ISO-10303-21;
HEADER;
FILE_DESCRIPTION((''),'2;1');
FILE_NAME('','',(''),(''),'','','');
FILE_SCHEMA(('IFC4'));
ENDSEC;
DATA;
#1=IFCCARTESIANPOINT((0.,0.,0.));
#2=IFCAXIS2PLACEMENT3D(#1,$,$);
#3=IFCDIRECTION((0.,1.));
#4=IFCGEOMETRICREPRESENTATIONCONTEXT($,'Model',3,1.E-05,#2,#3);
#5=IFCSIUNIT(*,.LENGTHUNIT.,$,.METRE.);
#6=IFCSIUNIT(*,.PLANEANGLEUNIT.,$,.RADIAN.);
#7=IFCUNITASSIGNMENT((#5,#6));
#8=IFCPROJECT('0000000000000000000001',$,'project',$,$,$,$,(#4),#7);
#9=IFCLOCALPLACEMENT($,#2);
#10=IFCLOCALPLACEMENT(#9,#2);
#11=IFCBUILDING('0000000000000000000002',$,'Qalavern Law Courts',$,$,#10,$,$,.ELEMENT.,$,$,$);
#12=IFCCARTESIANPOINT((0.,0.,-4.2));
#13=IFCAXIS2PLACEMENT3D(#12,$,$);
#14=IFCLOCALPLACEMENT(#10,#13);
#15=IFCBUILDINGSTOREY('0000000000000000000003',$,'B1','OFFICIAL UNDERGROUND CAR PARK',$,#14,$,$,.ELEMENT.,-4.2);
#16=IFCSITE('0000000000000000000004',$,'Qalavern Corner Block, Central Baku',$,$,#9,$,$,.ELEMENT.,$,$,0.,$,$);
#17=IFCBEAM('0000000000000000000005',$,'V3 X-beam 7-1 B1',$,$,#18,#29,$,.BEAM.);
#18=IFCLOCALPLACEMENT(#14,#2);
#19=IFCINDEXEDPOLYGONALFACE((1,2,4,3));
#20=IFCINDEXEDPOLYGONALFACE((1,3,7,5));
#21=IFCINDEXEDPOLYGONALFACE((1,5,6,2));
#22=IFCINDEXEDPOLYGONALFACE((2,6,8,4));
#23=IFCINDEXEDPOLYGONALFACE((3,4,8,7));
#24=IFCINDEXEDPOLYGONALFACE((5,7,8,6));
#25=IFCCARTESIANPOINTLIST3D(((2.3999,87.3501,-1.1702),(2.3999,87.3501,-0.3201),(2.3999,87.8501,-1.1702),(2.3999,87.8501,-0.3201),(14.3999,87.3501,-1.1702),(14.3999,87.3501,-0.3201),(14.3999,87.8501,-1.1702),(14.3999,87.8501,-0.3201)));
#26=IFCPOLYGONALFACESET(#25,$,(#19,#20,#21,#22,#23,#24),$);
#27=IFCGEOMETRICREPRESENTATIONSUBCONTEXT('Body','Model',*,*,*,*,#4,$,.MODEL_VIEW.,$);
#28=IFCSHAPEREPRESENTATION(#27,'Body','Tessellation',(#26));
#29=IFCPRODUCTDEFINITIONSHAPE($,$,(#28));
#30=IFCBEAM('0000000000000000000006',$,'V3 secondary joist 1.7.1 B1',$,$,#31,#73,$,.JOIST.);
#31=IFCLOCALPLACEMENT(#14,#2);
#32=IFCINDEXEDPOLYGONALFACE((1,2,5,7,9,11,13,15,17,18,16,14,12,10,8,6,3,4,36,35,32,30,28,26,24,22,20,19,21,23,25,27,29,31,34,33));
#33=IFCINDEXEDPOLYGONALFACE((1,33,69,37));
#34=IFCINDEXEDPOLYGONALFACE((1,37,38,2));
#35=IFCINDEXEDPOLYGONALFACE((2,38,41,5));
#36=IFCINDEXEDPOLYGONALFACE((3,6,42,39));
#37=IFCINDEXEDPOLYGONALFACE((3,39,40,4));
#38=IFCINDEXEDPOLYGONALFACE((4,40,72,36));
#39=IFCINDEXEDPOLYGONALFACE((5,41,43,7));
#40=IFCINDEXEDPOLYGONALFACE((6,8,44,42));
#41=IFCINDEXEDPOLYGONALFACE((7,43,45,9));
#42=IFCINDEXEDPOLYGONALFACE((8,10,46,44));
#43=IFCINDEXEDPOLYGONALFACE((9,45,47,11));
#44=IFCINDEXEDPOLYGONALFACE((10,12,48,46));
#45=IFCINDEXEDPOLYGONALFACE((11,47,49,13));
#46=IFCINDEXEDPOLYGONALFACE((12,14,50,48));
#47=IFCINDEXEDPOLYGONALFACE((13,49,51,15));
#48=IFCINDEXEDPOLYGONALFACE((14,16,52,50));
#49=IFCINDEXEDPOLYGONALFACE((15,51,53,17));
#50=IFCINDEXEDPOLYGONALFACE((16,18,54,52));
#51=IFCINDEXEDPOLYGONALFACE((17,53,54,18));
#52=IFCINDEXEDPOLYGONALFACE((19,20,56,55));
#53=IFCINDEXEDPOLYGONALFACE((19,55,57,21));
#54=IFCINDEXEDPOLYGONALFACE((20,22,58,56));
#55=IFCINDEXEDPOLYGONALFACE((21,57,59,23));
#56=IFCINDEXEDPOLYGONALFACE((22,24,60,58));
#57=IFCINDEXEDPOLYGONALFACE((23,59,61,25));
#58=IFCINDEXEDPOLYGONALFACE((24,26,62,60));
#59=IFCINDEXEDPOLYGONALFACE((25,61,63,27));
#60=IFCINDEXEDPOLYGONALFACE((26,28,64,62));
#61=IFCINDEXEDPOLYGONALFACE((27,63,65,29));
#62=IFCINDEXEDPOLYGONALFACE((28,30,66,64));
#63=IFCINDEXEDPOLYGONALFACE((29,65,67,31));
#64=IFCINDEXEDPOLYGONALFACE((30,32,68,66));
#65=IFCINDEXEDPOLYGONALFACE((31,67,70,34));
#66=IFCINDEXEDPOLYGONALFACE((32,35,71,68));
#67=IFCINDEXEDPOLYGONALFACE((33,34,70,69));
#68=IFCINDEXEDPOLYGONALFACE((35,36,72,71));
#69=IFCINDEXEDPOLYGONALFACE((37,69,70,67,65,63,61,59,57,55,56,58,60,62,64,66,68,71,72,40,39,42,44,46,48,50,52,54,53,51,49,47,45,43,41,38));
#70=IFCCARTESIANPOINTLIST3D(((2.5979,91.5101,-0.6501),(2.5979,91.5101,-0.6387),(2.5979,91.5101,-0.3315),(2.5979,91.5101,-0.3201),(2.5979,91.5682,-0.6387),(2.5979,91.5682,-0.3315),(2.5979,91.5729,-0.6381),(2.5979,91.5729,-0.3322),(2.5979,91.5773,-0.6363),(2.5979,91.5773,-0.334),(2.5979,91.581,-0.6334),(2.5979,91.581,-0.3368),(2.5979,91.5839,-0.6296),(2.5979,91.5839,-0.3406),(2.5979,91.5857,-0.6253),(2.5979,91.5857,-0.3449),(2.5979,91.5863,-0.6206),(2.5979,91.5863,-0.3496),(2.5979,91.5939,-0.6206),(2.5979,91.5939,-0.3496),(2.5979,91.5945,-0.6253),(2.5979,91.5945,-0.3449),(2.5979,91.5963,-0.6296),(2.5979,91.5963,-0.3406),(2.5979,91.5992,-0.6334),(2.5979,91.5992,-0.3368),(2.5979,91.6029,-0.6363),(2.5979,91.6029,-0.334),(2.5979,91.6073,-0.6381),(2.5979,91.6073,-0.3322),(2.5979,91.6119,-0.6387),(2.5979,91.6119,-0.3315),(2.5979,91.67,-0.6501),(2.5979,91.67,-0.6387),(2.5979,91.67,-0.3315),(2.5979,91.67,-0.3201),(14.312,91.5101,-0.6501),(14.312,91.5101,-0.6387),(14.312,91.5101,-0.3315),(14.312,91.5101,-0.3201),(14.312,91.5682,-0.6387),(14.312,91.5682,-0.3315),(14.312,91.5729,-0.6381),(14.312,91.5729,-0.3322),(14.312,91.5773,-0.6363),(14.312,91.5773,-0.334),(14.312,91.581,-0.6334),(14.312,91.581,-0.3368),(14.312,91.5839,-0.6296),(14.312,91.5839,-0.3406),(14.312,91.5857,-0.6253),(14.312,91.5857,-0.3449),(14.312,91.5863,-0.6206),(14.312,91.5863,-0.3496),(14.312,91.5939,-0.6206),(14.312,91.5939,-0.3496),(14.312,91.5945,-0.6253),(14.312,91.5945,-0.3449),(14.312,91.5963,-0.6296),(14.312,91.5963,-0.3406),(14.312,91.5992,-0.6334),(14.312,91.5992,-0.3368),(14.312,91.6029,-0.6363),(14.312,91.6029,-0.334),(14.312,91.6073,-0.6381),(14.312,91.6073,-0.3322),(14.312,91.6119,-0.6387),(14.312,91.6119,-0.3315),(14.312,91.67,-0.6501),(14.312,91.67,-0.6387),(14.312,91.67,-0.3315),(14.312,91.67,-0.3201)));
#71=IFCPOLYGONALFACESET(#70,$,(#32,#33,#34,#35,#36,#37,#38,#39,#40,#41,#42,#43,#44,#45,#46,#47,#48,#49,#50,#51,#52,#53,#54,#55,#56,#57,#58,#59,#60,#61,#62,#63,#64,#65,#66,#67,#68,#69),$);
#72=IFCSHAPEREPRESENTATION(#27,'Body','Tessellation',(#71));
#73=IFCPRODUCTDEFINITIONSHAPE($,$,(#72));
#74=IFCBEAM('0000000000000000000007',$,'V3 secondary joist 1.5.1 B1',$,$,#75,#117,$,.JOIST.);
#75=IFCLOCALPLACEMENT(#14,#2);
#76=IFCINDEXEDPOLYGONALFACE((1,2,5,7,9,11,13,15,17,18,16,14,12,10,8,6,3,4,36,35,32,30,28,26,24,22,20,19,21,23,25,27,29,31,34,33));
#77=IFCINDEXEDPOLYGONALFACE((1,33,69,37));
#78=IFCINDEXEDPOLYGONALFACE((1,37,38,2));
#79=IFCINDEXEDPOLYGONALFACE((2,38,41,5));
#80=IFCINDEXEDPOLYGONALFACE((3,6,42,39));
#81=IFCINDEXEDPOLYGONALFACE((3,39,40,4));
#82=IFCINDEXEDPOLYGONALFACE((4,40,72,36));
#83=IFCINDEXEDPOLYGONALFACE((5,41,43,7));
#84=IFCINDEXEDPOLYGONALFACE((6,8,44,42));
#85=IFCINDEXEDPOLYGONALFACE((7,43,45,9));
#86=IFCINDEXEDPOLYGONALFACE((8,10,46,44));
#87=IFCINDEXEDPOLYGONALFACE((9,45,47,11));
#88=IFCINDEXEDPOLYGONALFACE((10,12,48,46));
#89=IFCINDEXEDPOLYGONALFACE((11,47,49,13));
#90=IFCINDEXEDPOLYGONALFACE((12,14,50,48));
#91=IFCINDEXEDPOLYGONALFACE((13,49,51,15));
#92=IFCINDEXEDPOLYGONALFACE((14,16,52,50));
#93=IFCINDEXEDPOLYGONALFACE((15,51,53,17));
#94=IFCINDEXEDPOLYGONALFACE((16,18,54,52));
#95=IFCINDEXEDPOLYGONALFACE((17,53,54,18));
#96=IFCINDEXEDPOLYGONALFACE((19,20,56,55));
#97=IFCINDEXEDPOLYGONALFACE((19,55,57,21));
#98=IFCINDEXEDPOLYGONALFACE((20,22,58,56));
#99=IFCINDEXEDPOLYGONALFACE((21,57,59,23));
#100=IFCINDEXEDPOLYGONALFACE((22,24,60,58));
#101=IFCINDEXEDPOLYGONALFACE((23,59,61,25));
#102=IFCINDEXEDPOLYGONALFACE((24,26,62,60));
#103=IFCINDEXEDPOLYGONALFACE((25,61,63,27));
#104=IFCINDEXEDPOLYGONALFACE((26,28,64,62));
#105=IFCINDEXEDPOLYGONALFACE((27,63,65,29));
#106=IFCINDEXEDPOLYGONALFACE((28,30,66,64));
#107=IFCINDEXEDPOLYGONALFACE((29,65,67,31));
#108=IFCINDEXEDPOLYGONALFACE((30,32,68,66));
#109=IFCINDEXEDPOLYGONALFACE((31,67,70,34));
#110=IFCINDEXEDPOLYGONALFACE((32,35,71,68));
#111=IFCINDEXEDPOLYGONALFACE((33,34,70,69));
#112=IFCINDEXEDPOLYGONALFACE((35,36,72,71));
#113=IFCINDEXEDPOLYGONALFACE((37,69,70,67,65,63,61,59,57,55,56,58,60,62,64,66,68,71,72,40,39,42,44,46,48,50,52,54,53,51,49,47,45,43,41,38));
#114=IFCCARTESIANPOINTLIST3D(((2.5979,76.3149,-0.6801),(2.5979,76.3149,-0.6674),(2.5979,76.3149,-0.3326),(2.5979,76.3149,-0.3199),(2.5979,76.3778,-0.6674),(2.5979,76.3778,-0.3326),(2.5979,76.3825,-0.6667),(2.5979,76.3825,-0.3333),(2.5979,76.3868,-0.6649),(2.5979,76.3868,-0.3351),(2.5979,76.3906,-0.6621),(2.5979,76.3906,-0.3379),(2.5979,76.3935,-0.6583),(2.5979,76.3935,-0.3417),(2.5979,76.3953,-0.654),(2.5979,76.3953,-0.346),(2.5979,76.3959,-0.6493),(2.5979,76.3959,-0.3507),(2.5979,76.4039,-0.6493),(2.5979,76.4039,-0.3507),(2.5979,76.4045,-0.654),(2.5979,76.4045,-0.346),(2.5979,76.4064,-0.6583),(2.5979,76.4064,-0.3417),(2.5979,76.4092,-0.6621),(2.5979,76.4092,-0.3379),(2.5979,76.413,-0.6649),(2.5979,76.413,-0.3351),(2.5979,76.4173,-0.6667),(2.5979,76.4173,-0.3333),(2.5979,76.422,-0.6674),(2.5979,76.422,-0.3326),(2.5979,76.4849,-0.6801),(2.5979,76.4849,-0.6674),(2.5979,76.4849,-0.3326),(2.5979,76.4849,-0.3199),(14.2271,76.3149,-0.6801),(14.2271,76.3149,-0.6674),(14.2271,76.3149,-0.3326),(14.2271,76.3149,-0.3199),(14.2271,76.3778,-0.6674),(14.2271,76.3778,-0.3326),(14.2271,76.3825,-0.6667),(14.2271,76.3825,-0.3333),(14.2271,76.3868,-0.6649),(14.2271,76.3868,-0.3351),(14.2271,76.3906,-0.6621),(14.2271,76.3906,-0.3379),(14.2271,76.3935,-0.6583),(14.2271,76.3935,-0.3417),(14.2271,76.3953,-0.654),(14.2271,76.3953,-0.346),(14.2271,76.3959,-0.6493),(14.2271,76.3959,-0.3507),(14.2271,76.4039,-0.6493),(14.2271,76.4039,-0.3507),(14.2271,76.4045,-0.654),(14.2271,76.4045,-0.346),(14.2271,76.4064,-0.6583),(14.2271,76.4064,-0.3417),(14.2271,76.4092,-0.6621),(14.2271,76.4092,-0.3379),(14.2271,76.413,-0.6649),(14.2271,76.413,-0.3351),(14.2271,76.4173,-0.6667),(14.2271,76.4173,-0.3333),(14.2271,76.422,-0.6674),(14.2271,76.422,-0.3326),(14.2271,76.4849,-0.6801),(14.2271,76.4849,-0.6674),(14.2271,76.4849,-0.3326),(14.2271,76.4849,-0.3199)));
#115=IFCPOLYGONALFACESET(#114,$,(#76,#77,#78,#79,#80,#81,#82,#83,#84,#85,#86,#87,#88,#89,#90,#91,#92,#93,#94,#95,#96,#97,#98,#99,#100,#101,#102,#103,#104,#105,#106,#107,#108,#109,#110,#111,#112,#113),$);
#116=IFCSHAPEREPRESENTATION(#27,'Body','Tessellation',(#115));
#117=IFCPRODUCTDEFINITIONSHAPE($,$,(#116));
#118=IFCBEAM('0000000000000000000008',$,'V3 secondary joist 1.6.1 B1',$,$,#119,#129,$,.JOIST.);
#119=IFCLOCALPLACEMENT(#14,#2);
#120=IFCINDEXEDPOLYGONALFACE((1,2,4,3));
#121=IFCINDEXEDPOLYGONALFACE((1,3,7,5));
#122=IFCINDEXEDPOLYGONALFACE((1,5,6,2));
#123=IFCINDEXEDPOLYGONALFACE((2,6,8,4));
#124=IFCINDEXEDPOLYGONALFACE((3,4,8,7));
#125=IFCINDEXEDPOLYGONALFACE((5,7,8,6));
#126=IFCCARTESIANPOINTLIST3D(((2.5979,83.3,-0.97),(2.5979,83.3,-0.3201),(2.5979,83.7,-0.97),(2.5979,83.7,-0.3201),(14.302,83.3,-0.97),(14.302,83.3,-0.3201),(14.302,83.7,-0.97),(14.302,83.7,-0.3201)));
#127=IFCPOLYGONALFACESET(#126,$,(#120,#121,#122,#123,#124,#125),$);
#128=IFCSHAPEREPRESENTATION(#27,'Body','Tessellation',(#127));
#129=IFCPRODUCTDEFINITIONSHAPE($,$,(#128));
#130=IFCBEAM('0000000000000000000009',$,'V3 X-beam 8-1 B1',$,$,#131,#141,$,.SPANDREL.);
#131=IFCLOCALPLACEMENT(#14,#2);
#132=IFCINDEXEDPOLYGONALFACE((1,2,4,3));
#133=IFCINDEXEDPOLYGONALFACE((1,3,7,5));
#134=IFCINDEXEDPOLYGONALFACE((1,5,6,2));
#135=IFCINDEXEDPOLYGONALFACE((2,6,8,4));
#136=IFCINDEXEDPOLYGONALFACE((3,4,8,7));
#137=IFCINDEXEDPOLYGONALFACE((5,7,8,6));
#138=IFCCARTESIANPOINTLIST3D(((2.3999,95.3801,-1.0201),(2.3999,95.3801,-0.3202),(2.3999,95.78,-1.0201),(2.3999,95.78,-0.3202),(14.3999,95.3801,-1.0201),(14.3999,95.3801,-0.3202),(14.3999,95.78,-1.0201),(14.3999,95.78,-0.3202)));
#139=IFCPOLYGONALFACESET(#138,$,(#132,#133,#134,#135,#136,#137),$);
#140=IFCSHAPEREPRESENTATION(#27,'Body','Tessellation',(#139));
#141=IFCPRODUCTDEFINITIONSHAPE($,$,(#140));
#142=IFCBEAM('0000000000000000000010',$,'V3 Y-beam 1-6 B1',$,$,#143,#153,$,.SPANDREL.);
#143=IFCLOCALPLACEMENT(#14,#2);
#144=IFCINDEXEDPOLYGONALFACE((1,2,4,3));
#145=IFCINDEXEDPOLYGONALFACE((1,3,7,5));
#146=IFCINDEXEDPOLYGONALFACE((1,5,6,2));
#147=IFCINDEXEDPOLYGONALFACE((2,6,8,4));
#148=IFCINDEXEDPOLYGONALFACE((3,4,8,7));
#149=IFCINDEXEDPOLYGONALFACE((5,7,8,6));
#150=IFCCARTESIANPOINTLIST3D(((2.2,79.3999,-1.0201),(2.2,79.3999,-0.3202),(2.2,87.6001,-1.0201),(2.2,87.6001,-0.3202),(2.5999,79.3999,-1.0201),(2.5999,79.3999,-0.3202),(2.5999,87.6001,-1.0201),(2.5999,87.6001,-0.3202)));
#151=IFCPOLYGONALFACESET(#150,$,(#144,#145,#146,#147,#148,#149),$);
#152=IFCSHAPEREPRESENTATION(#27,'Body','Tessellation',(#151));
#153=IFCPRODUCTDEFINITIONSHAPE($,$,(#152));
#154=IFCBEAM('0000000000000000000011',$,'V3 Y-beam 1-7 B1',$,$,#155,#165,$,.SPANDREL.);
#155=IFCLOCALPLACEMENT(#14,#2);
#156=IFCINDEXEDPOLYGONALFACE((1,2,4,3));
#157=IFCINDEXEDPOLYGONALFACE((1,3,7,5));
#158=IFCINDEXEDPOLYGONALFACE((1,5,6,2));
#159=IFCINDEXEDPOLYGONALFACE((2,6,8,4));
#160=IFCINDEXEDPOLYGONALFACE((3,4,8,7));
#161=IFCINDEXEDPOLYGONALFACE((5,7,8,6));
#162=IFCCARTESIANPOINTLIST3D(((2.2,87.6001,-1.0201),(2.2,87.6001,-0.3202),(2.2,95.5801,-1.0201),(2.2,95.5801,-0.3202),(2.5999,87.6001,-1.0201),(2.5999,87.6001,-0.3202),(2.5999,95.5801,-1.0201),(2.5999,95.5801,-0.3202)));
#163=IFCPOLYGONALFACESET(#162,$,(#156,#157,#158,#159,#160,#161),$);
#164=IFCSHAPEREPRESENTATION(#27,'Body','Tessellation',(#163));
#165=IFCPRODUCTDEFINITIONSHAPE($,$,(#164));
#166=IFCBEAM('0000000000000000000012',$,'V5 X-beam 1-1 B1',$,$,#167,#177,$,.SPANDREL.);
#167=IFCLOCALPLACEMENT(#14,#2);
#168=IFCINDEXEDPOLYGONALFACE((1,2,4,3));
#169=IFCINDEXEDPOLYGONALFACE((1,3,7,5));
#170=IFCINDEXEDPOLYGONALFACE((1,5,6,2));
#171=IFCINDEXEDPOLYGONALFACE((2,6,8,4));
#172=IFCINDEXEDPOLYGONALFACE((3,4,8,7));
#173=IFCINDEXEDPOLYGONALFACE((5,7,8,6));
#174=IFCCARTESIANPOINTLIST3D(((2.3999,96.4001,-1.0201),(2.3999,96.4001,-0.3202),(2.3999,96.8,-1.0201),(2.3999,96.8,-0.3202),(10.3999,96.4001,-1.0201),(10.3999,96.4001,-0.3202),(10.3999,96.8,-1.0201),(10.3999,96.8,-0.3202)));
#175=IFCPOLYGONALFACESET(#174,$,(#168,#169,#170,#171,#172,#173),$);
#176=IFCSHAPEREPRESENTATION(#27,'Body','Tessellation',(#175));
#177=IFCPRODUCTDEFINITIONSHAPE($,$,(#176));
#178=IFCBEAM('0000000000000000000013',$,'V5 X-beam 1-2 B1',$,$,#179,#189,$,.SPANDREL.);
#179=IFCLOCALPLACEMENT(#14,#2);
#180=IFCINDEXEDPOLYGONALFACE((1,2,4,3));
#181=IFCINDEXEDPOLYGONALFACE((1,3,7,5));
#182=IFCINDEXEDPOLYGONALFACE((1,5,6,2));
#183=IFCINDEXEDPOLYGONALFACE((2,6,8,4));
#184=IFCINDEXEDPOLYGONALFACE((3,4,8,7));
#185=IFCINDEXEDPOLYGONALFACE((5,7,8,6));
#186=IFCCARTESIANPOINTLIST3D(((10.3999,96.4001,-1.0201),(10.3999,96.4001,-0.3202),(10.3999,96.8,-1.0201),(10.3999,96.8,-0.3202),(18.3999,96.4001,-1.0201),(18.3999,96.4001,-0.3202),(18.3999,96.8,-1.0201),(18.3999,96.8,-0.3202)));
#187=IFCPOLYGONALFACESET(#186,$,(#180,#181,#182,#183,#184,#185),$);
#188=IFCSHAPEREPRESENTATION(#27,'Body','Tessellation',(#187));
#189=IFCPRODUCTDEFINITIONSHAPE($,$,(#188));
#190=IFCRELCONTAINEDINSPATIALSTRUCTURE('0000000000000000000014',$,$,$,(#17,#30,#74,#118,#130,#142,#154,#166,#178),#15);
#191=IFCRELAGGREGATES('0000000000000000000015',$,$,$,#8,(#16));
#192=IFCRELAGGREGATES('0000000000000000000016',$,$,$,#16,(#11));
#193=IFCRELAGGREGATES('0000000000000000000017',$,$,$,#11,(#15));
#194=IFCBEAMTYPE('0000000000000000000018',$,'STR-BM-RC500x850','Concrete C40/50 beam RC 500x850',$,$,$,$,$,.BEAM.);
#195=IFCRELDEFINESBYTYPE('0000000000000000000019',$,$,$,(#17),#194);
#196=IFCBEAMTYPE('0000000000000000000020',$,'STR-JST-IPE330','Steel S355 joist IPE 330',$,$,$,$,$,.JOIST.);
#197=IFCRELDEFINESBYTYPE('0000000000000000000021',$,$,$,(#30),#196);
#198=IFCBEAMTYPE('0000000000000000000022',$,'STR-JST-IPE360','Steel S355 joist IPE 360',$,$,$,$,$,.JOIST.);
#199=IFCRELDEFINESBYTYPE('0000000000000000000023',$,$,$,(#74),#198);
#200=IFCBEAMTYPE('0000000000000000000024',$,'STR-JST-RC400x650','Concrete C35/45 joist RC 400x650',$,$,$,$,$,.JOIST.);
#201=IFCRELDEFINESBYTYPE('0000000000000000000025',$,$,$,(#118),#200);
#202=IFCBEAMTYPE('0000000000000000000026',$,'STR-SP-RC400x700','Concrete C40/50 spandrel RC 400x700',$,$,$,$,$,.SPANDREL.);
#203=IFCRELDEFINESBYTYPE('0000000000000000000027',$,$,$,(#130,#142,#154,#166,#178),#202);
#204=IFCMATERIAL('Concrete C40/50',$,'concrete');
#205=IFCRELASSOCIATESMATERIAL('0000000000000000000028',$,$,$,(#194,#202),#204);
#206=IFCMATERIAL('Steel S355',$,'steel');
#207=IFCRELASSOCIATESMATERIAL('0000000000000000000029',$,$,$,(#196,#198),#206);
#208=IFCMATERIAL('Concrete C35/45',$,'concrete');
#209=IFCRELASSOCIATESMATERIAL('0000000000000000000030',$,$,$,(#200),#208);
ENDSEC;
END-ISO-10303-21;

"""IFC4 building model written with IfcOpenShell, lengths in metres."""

from ifc_helpers import new_model, si_unit, direction, frame, origin, origin_2d, place, context, subcontext, project, spatial, rectangle, i_section, extrude, material, material_profile, profile_set, type_object, element, save


model = new_model("IFC4")

# Units and contexts
model_context = context("Model", 3, precision=1e-05, world=origin(), true_north=direction((0.0, 1.0)))
body_context = subcontext(model_context, "Body", "Model", "MODEL_VIEW")
ifc_project = project(units=[si_unit("LENGTHUNIT", "METRE"), si_unit("PLANEANGLEUNIT", "RADIAN")], contexts=[model_context])

# Site, building, storey
site_placement = place(None, origin())
site = spatial("IfcSite", under=ifc_project, at=site_placement, Name="Qalavern Corner Block, Central Baku", CompositionType="ELEMENT", RefElevation=0.0)
building_placement = place(site_placement, origin())
building = spatial("IfcBuilding", under=site, at=building_placement, Name="Qalavern Law Courts", CompositionType="ELEMENT")
storey_placement = place(building_placement, frame((0.0, 0.0, -4.2)))
storey = spatial("IfcBuildingStorey", under=building, at=storey_placement, Name="B1", Description="OFFICIAL UNDERGROUND CAR PARK", CompositionType="ELEMENT", Elevation=-4.2)

# Beams
ifc_material_1 = material(Name="Steel S355", Category="steel")
ifc_material_2 = material(Name="Concrete C35/45", Category="concrete")
ifc_material_3 = material(Name="Concrete C40/50", Category="concrete")
ifc_material_profile_1 = material_profile(ifc_material_3, rectangle(XDim=0.5, YDim=0.8501, at=origin_2d()), Name="RC 500x850")
ifc_profile_set_1 = profile_set([ifc_material_profile_1], Name="Concrete C40/50")
beam_type_1 = type_object("IfcBeamType", Name="STR-BM-RC500x850", Description="Concrete C40/50 beam RC 500x850", PredefinedType="BEAM", material=ifc_profile_set_1)
beam_1_placement = place(storey_placement, frame((2.3999, 87.6001, -0.7451), z_axis=(1.0, 0.0, 0.0), x_axis=(0.0, 1.0, 0.0)))
element("IfcBeam", 1, at=beam_1_placement, inside=storey, type_object=beam_type_1, Name="V3 X-beam 7-1 B1", PredefinedType="BEAM", context=body_context, shape_type="SweptSolid", body=[
    extrude(rectangle(XDim=0.5, YDim=0.8501, at=origin_2d()), origin(), (0.0, 0.0, 1.0), 12.0),
])
ifc_material_profile_2 = material_profile(ifc_material_1, i_section(OverallWidth=0.1599, OverallDepth=0.3301, WebThickness=0.0076, FlangeThickness=0.0115, FilletRadius=0.0181, at=origin_2d()), Name="IPE 330")
ifc_profile_set_2 = profile_set([ifc_material_profile_2], Name="Steel S355")
beam_type_2 = type_object("IfcBeamType", Name="STR-JST-IPE330", Description="Steel S355 joist IPE 330", PredefinedType="JOIST", material=ifc_profile_set_2)
beam_2_placement = place(storey_placement, frame((2.5979, 91.5901, -0.4851), z_axis=(1.0, 0.0, 0.0), x_axis=(0.0, 1.0, 0.0)))
element("IfcBeam", 2, at=beam_2_placement, inside=storey, type_object=beam_type_2, Name="V3 secondary joist 1.7.1 B1", PredefinedType="JOIST", context=body_context, shape_type="SweptSolid", body=[
    extrude(i_section(OverallWidth=0.1599, OverallDepth=0.3301, WebThickness=0.0076, FlangeThickness=0.0115, FilletRadius=0.0181, at=origin_2d()), origin(), (0.0, 0.0, 1.0), 11.7141),
])
ifc_material_profile_3 = material_profile(ifc_material_1, i_section(OverallWidth=0.1699, OverallDepth=0.3601, WebThickness=0.0081, FlangeThickness=0.0127, FilletRadius=0.0181, at=origin_2d()), Name="IPE 360")
ifc_profile_set_3 = profile_set([ifc_material_profile_3], Name="Steel S355")
beam_type_3 = type_object("IfcBeamType", Name="STR-JST-IPE360", Description="Steel S355 joist IPE 360", PredefinedType="JOIST", material=ifc_profile_set_3)
beam_3_placement = place(storey_placement, frame((2.5979, 76.3999, -0.5), z_axis=(1.0, 0.0, 0.0), x_axis=(0.0, 1.0, 0.0)))
element("IfcBeam", 3, at=beam_3_placement, inside=storey, type_object=beam_type_3, Name="V3 secondary joist 1.5.1 B1", PredefinedType="JOIST", context=body_context, shape_type="SweptSolid", body=[
    extrude(i_section(OverallWidth=0.1699, OverallDepth=0.3601, WebThickness=0.0081, FlangeThickness=0.0127, FilletRadius=0.0181, at=origin_2d()), origin(), (0.0, 0.0, 1.0), 11.6292),
])
ifc_material_profile_4 = material_profile(ifc_material_2, rectangle(XDim=0.3999, YDim=0.6499, at=origin_2d()), Name="RC 400x650")
ifc_profile_set_4 = profile_set([ifc_material_profile_4], Name="Concrete C35/45")
beam_type_4 = type_object("IfcBeamType", Name="STR-JST-RC400x650", Description="Concrete C35/45 joist RC 400x650", PredefinedType="JOIST", material=ifc_profile_set_4)
beam_4_placement = place(storey_placement, frame((2.5979, 83.5, -0.645), z_axis=(1.0, 0.0, 0.0), x_axis=(0.0, 1.0, 0.0)))
element("IfcBeam", 4, at=beam_4_placement, inside=storey, type_object=beam_type_4, Name="V3 secondary joist 1.6.1 B1", PredefinedType="JOIST", context=body_context, shape_type="SweptSolid", body=[
    extrude(rectangle(XDim=0.3999, YDim=0.6499, at=origin_2d()), origin(), (0.0, 0.0, 1.0), 11.7041),
])
ifc_material_profile_5 = material_profile(ifc_material_3, rectangle(XDim=0.3999, YDim=0.7, at=origin_2d()), Name="RC 400x700")
ifc_profile_set_5 = profile_set([ifc_material_profile_5], Name="Concrete C40/50")
beam_type_5 = type_object("IfcBeamType", Name="STR-SP-RC400x700", Description="Concrete C40/50 spandrel RC 400x700", PredefinedType="SPANDREL", material=ifc_profile_set_5)
beam_5_placement = place(storey_placement, frame((2.3999, 95.5801, -0.6702), z_axis=(1.0, 0.0, 0.0), x_axis=(0.0, 1.0, 0.0)))
element("IfcBeam", 5, at=beam_5_placement, inside=storey, type_object=beam_type_5, Name="V3 X-beam 8-1 B1", PredefinedType="SPANDREL", context=body_context, shape_type="SweptSolid", body=[
    extrude(rectangle(XDim=0.3999, YDim=0.7, at=origin_2d()), origin(), (0.0, 0.0, 1.0), 12.0),
])
beam_6_placement = place(storey_placement, frame((2.3999, 79.3999, -0.6702), z_axis=(0.0, 1.0, 0.0), x_axis=(-1.0, 0.0, 0.0)))
element("IfcBeam", 6, at=beam_6_placement, inside=storey, type_object=beam_type_5, Name="V3 Y-beam 1-6 B1", PredefinedType="SPANDREL", context=body_context, shape_type="SweptSolid", body=[
    extrude(rectangle(XDim=0.3999, YDim=0.7, at=origin_2d()), origin(), (0.0, 0.0, 1.0), 8.2002),
])
beam_7_placement = place(storey_placement, frame((2.3999, 87.6001, -0.6702), z_axis=(0.0, 1.0, 0.0), x_axis=(-1.0, 0.0, 0.0)))
element("IfcBeam", 7, at=beam_7_placement, inside=storey, type_object=beam_type_5, Name="V3 Y-beam 1-7 B1", PredefinedType="SPANDREL", context=body_context, shape_type="SweptSolid", body=[
    extrude(rectangle(XDim=0.3999, YDim=0.7, at=origin_2d()), origin(), (0.0, 0.0, 1.0), 7.98),
])
for number, where, z_axis, x_axis, name in (
    (8, (2.3999, 96.6001, -0.6702), (1.0, 0.0, 0.0), (0.0, 1.0, 0.0), "V5 X-beam 1-1 B1"),
    (9, (10.3999, 96.6001, -0.6702), (1.0, 0.0, 0.0), (0.0, 1.0, 0.0), "V5 X-beam 1-2 B1"),
):
    element("IfcBeam", number, at=place(storey_placement, frame(where, z_axis=z_axis, x_axis=x_axis)), inside=storey, type_object=beam_type_5, Name=name, PredefinedType="SPANDREL", context=body_context, shape_type="SweptSolid", body=[
        extrude(rectangle(XDim=0.3999, YDim=0.7, at=origin_2d()), origin(), (0.0, 0.0, 1.0), 8.0),
    ])

save(model, "model.ifc")
